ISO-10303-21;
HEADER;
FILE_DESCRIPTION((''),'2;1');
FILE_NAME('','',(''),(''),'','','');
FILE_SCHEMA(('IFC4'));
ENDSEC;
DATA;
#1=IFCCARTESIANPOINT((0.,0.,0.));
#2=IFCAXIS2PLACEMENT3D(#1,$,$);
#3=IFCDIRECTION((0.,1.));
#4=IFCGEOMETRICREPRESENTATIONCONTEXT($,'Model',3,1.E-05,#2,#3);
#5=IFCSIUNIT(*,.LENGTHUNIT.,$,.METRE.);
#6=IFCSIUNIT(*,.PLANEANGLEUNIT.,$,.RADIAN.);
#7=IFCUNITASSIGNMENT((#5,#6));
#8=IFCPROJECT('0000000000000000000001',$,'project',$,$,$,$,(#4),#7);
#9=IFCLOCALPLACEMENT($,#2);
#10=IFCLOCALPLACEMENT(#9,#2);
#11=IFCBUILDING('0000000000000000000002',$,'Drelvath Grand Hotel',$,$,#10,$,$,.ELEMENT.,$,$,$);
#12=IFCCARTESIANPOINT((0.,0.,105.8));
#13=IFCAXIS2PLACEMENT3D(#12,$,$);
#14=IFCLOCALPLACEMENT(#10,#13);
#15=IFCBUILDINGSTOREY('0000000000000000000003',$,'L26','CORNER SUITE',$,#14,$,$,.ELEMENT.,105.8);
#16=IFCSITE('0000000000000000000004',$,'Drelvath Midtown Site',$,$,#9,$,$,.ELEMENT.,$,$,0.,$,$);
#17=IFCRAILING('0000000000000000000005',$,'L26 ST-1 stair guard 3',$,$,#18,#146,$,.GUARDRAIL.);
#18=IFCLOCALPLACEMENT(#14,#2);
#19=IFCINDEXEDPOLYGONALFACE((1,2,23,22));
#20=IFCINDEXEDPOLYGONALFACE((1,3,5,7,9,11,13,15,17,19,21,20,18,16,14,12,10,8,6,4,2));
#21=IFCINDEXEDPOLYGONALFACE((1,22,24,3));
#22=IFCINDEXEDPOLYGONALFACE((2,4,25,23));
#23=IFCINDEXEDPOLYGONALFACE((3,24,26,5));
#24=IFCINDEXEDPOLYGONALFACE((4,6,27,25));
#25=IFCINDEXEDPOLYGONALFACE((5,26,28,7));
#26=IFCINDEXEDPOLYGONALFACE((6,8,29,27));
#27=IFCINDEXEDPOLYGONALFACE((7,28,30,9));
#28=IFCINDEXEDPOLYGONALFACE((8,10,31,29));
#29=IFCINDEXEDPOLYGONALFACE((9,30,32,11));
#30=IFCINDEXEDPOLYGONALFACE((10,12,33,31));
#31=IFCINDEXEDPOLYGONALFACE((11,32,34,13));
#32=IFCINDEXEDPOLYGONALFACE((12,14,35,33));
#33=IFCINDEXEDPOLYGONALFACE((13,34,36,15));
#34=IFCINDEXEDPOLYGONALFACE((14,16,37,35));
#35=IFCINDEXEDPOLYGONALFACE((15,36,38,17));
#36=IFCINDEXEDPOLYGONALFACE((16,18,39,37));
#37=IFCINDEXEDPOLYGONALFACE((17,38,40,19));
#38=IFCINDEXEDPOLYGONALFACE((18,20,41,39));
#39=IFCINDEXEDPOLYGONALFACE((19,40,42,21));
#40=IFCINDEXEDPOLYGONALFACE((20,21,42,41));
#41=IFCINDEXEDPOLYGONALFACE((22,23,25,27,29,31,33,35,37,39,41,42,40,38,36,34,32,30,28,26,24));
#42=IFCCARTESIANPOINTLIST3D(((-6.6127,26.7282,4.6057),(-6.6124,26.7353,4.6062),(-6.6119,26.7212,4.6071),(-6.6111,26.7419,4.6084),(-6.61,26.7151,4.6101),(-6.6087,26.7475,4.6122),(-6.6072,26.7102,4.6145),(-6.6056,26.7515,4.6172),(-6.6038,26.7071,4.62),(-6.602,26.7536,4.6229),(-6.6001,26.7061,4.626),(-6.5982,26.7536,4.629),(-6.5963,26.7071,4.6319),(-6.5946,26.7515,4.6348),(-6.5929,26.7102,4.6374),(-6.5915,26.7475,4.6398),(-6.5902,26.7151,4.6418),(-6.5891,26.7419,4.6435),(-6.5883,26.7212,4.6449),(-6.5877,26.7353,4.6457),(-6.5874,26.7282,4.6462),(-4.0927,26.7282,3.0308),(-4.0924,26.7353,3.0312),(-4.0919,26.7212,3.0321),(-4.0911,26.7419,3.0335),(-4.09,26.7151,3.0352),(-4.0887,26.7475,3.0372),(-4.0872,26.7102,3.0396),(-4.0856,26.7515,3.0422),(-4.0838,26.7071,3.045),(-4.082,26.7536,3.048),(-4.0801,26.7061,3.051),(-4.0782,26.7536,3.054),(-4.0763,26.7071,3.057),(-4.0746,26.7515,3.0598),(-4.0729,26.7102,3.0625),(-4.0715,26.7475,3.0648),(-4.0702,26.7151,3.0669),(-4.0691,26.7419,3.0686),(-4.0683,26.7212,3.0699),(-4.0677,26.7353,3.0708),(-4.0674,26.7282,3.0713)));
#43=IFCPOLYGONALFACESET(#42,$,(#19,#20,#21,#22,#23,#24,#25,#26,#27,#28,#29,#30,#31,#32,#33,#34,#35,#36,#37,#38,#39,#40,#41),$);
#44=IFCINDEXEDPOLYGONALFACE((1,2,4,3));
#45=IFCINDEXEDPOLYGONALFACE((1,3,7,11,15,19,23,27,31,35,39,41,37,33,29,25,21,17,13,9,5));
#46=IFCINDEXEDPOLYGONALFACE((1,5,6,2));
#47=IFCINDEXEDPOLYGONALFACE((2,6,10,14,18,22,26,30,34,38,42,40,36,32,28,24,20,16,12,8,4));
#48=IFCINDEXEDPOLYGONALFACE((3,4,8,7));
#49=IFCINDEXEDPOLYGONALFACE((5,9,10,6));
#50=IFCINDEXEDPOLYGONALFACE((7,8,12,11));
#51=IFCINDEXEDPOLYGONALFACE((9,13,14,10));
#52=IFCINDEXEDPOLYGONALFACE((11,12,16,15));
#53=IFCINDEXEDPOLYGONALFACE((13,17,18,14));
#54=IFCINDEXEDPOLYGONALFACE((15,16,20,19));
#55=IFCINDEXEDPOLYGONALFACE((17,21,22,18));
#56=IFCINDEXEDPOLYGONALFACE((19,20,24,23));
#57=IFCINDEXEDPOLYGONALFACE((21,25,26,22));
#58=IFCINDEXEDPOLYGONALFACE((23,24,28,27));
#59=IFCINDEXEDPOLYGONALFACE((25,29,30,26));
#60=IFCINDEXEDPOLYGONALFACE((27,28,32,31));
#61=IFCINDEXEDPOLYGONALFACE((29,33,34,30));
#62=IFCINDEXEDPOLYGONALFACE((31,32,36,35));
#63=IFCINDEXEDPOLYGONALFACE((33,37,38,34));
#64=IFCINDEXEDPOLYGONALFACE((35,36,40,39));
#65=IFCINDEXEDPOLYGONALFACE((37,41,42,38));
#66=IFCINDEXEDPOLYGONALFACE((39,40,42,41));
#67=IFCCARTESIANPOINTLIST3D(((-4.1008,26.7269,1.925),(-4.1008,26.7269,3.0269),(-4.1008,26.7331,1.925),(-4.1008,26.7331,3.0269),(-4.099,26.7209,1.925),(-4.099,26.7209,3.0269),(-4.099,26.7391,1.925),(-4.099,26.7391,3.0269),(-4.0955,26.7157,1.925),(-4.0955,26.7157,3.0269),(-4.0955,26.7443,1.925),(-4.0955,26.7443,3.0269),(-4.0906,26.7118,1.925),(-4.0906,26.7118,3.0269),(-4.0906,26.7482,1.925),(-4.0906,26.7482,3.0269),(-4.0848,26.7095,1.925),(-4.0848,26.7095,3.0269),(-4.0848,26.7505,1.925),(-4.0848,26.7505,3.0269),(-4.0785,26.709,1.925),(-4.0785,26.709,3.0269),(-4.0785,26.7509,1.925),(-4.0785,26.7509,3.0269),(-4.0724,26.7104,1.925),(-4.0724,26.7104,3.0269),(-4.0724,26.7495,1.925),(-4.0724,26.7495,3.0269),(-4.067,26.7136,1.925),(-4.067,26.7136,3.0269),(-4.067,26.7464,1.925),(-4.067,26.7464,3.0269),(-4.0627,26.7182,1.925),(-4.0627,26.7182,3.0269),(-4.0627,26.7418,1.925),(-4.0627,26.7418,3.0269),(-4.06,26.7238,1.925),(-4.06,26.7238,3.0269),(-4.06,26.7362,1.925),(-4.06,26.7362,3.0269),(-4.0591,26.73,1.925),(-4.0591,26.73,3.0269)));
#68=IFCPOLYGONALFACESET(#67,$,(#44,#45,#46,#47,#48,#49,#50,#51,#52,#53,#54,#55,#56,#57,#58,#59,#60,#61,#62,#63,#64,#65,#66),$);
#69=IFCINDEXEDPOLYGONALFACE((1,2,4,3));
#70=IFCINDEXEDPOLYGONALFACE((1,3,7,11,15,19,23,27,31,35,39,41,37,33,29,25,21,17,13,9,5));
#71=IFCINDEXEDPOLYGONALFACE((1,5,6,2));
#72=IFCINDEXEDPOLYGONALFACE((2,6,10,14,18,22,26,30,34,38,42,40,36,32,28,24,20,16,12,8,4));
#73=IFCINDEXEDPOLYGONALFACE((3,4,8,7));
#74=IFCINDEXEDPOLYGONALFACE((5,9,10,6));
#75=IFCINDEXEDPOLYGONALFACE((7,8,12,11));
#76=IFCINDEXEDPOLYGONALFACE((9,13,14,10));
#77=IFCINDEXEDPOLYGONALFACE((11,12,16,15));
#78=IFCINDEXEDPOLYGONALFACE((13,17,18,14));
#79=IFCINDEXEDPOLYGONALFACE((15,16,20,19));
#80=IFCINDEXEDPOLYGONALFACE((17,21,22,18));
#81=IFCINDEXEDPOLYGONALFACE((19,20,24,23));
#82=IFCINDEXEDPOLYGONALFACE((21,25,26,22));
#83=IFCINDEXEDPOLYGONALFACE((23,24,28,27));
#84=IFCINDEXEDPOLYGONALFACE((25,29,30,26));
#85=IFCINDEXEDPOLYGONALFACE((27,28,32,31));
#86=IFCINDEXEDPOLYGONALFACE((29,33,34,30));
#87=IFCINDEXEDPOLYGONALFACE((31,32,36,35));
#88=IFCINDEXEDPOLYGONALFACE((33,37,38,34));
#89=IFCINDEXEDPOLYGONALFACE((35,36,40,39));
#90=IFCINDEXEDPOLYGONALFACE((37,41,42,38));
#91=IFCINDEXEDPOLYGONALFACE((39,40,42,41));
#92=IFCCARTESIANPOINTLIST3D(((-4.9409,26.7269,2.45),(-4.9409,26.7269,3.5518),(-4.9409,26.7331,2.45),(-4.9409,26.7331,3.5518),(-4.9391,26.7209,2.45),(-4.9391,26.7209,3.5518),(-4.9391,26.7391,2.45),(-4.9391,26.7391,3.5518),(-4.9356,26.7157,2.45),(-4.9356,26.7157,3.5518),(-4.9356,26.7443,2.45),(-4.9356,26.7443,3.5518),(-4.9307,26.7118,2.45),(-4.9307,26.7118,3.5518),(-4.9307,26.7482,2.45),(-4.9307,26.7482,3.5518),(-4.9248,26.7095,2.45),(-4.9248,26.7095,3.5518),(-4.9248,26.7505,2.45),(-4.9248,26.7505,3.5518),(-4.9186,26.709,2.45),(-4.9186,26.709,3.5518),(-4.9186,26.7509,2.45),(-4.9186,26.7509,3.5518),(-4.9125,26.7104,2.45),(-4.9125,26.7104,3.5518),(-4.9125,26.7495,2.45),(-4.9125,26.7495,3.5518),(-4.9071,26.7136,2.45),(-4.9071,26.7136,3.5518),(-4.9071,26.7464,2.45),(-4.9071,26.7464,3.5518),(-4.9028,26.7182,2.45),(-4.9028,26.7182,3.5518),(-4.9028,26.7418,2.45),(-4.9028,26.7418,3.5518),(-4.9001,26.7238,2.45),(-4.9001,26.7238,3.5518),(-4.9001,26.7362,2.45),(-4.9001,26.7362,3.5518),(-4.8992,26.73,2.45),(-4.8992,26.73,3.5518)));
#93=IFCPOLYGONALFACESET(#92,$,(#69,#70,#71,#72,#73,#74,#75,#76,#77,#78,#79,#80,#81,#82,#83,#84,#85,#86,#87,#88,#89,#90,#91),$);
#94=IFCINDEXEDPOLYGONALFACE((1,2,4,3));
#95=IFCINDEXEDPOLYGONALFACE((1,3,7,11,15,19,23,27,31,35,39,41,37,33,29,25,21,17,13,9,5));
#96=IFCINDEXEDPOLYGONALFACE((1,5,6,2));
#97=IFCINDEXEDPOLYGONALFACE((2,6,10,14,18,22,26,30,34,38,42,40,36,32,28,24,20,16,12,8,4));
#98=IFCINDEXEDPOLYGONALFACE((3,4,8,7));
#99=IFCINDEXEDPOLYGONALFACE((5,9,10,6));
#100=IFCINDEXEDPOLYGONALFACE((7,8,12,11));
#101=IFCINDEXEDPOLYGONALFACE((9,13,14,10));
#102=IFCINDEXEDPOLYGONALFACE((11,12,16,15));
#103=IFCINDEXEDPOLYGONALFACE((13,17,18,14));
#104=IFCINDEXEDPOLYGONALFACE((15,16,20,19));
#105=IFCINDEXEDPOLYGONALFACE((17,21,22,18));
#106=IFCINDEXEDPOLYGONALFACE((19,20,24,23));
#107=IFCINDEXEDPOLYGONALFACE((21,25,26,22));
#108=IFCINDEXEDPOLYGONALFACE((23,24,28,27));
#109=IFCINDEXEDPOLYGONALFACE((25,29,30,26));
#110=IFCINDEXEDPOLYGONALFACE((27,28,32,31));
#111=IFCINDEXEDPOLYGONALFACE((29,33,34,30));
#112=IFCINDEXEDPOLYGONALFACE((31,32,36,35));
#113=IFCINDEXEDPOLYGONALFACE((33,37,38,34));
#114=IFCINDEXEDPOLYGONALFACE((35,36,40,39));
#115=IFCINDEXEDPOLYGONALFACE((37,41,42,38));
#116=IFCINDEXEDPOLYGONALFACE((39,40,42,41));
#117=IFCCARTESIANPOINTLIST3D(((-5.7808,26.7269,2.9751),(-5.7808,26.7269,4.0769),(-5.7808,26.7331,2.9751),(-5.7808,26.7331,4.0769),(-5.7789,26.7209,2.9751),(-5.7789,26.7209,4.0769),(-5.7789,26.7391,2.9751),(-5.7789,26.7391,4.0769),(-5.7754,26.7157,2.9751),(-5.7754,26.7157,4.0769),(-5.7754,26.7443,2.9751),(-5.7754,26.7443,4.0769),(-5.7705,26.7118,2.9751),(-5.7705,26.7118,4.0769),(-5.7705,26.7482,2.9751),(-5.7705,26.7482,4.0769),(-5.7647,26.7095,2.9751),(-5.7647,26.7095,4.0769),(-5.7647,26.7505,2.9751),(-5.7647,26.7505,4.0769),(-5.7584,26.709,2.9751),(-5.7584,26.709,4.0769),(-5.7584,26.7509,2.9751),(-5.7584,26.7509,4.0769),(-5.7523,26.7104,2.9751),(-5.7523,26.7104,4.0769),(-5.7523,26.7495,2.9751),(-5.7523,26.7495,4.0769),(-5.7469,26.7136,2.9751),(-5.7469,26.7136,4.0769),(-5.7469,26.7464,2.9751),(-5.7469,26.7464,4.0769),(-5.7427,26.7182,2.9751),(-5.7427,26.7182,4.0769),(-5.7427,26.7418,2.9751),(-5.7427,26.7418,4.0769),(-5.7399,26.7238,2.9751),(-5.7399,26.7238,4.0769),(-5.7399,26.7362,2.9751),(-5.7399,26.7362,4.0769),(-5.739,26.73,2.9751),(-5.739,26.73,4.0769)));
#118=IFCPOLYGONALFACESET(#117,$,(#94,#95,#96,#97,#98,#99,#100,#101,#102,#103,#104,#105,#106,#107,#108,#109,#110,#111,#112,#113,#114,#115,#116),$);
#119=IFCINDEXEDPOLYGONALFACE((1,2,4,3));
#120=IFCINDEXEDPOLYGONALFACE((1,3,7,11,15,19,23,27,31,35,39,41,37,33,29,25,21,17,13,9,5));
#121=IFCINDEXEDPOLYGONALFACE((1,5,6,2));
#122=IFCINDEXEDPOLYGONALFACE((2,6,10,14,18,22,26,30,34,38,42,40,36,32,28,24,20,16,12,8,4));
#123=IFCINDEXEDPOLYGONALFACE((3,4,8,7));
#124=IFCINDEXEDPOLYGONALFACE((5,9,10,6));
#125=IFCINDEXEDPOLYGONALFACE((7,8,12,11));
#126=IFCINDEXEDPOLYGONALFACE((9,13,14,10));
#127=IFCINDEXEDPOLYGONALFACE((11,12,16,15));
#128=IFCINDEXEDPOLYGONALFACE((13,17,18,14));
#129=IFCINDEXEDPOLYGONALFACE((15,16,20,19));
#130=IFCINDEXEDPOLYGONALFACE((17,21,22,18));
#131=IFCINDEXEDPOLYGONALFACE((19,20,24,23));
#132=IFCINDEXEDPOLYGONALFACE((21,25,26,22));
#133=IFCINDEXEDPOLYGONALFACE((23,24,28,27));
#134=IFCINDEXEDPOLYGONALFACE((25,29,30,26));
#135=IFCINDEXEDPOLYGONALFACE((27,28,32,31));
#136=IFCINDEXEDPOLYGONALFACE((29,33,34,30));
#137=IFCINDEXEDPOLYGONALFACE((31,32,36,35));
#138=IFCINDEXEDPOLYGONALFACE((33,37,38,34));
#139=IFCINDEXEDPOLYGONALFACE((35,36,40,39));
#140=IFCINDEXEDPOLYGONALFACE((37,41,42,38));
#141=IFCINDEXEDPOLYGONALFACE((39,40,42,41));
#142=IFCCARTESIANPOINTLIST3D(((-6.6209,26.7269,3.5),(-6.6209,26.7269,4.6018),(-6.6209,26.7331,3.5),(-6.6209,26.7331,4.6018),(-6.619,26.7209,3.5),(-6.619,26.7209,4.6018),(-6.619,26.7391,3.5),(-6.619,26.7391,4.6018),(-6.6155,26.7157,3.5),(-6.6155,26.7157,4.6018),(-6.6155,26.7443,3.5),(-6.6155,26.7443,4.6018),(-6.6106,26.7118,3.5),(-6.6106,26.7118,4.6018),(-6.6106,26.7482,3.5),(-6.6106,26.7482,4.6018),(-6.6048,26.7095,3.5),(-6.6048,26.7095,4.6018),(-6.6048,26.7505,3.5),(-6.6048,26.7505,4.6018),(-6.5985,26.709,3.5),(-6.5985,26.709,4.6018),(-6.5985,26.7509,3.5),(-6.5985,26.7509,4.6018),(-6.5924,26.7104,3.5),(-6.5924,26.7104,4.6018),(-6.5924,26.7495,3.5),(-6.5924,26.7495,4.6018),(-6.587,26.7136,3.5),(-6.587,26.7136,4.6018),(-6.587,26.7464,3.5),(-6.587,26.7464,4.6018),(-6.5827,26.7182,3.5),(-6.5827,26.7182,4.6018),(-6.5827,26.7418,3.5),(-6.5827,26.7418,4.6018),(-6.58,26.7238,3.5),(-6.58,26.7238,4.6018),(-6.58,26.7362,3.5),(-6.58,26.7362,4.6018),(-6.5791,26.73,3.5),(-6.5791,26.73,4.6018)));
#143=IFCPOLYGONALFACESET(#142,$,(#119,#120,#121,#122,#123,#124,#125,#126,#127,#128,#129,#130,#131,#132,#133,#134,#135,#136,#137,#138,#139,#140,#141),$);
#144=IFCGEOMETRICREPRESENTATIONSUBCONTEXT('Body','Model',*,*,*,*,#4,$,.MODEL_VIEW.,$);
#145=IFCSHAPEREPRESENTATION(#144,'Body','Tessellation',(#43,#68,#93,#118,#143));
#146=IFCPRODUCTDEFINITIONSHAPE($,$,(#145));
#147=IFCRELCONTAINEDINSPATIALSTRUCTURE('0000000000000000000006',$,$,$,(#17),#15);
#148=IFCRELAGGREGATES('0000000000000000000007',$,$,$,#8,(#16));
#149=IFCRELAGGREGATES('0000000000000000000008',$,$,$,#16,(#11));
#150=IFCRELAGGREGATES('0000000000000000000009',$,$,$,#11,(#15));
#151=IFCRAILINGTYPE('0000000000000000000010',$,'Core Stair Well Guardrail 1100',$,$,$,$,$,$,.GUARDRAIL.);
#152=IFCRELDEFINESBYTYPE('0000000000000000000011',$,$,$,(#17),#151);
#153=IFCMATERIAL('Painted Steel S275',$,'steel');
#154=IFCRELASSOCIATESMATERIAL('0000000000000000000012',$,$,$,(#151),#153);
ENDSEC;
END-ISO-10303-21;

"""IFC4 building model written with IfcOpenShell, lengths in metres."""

from ifc_helpers import new_model, si_unit, direction, frame, origin, origin_2d, place, context, subcontext, project, spatial, circle, extrude, material, type_object, element, save


model = new_model("IFC4")

# Units and contexts
model_context = context("Model", 3, precision=1e-05, world=origin(), true_north=direction((0.0, 1.0)))
body_context = subcontext(model_context, "Body", "Model", "MODEL_VIEW")
ifc_project = project(units=[si_unit("LENGTHUNIT", "METRE"), si_unit("PLANEANGLEUNIT", "RADIAN")], contexts=[model_context])

# Site, building, storey
site_placement = place(None, origin())
site = spatial("IfcSite", under=ifc_project, at=site_placement, Name="Drelvath Midtown Site", CompositionType="ELEMENT", RefElevation=0.0)
building_placement = place(site_placement, origin())
building = spatial("IfcBuilding", under=site, at=building_placement, Name="Drelvath Grand Hotel", CompositionType="ELEMENT")
storey_placement = place(building_placement, frame((0.0, 0.0, 105.8)))
storey = spatial("IfcBuildingStorey", under=building, at=storey_placement, Name="L26", Description="CORNER SUITE", CompositionType="ELEMENT", Elevation=105.8)

# Shared definitions
ifc_material_1 = material(Name="Painted Steel S275", Category="steel")

# Railing
railing_type_1 = type_object("IfcRailingType", Name="Core Stair Well Guardrail 1100", PredefinedType="GUARDRAIL", material=ifc_material_1)
railing_1_placement = place(storey_placement, frame((-4.0801, 26.73, 1.925)))
element("IfcRailing", 1, at=railing_1_placement, inside=storey, type_object=railing_type_1, Name="L26 ST-1 stair guard 3", PredefinedType="GUARDRAIL", context=body_context, shape_type="SweptSolid", body=[
    extrude(circle(Radius=0.0239, at=origin_2d()), frame((0.0, 0.0, 1.126), z_axis=(-0.848008, 0.0, 0.529984), x_axis=(0.0, -1.0, 0.0)), (0.0, 0.0, 1.0), 2.9717),
    extrude(circle(Radius=0.021, at=origin_2d()), origin(), (0.0, 0.0, 1.0), 1.1018),
    extrude(circle(Radius=0.021, at=origin_2d()), frame((-0.8401, 0.0, 0.5249)), (0.0, 0.0, 1.0), 1.1018),
    extrude(circle(Radius=0.021, at=origin_2d()), frame((-1.6799, 0.0, 1.05)), (0.0, 0.0, 1.0), 1.1018),
    extrude(circle(Radius=0.021, at=origin_2d()), frame((-2.52, 0.0, 1.575)), (0.0, 0.0, 1.0), 1.1018),
])

save(model, "model.ifc")
